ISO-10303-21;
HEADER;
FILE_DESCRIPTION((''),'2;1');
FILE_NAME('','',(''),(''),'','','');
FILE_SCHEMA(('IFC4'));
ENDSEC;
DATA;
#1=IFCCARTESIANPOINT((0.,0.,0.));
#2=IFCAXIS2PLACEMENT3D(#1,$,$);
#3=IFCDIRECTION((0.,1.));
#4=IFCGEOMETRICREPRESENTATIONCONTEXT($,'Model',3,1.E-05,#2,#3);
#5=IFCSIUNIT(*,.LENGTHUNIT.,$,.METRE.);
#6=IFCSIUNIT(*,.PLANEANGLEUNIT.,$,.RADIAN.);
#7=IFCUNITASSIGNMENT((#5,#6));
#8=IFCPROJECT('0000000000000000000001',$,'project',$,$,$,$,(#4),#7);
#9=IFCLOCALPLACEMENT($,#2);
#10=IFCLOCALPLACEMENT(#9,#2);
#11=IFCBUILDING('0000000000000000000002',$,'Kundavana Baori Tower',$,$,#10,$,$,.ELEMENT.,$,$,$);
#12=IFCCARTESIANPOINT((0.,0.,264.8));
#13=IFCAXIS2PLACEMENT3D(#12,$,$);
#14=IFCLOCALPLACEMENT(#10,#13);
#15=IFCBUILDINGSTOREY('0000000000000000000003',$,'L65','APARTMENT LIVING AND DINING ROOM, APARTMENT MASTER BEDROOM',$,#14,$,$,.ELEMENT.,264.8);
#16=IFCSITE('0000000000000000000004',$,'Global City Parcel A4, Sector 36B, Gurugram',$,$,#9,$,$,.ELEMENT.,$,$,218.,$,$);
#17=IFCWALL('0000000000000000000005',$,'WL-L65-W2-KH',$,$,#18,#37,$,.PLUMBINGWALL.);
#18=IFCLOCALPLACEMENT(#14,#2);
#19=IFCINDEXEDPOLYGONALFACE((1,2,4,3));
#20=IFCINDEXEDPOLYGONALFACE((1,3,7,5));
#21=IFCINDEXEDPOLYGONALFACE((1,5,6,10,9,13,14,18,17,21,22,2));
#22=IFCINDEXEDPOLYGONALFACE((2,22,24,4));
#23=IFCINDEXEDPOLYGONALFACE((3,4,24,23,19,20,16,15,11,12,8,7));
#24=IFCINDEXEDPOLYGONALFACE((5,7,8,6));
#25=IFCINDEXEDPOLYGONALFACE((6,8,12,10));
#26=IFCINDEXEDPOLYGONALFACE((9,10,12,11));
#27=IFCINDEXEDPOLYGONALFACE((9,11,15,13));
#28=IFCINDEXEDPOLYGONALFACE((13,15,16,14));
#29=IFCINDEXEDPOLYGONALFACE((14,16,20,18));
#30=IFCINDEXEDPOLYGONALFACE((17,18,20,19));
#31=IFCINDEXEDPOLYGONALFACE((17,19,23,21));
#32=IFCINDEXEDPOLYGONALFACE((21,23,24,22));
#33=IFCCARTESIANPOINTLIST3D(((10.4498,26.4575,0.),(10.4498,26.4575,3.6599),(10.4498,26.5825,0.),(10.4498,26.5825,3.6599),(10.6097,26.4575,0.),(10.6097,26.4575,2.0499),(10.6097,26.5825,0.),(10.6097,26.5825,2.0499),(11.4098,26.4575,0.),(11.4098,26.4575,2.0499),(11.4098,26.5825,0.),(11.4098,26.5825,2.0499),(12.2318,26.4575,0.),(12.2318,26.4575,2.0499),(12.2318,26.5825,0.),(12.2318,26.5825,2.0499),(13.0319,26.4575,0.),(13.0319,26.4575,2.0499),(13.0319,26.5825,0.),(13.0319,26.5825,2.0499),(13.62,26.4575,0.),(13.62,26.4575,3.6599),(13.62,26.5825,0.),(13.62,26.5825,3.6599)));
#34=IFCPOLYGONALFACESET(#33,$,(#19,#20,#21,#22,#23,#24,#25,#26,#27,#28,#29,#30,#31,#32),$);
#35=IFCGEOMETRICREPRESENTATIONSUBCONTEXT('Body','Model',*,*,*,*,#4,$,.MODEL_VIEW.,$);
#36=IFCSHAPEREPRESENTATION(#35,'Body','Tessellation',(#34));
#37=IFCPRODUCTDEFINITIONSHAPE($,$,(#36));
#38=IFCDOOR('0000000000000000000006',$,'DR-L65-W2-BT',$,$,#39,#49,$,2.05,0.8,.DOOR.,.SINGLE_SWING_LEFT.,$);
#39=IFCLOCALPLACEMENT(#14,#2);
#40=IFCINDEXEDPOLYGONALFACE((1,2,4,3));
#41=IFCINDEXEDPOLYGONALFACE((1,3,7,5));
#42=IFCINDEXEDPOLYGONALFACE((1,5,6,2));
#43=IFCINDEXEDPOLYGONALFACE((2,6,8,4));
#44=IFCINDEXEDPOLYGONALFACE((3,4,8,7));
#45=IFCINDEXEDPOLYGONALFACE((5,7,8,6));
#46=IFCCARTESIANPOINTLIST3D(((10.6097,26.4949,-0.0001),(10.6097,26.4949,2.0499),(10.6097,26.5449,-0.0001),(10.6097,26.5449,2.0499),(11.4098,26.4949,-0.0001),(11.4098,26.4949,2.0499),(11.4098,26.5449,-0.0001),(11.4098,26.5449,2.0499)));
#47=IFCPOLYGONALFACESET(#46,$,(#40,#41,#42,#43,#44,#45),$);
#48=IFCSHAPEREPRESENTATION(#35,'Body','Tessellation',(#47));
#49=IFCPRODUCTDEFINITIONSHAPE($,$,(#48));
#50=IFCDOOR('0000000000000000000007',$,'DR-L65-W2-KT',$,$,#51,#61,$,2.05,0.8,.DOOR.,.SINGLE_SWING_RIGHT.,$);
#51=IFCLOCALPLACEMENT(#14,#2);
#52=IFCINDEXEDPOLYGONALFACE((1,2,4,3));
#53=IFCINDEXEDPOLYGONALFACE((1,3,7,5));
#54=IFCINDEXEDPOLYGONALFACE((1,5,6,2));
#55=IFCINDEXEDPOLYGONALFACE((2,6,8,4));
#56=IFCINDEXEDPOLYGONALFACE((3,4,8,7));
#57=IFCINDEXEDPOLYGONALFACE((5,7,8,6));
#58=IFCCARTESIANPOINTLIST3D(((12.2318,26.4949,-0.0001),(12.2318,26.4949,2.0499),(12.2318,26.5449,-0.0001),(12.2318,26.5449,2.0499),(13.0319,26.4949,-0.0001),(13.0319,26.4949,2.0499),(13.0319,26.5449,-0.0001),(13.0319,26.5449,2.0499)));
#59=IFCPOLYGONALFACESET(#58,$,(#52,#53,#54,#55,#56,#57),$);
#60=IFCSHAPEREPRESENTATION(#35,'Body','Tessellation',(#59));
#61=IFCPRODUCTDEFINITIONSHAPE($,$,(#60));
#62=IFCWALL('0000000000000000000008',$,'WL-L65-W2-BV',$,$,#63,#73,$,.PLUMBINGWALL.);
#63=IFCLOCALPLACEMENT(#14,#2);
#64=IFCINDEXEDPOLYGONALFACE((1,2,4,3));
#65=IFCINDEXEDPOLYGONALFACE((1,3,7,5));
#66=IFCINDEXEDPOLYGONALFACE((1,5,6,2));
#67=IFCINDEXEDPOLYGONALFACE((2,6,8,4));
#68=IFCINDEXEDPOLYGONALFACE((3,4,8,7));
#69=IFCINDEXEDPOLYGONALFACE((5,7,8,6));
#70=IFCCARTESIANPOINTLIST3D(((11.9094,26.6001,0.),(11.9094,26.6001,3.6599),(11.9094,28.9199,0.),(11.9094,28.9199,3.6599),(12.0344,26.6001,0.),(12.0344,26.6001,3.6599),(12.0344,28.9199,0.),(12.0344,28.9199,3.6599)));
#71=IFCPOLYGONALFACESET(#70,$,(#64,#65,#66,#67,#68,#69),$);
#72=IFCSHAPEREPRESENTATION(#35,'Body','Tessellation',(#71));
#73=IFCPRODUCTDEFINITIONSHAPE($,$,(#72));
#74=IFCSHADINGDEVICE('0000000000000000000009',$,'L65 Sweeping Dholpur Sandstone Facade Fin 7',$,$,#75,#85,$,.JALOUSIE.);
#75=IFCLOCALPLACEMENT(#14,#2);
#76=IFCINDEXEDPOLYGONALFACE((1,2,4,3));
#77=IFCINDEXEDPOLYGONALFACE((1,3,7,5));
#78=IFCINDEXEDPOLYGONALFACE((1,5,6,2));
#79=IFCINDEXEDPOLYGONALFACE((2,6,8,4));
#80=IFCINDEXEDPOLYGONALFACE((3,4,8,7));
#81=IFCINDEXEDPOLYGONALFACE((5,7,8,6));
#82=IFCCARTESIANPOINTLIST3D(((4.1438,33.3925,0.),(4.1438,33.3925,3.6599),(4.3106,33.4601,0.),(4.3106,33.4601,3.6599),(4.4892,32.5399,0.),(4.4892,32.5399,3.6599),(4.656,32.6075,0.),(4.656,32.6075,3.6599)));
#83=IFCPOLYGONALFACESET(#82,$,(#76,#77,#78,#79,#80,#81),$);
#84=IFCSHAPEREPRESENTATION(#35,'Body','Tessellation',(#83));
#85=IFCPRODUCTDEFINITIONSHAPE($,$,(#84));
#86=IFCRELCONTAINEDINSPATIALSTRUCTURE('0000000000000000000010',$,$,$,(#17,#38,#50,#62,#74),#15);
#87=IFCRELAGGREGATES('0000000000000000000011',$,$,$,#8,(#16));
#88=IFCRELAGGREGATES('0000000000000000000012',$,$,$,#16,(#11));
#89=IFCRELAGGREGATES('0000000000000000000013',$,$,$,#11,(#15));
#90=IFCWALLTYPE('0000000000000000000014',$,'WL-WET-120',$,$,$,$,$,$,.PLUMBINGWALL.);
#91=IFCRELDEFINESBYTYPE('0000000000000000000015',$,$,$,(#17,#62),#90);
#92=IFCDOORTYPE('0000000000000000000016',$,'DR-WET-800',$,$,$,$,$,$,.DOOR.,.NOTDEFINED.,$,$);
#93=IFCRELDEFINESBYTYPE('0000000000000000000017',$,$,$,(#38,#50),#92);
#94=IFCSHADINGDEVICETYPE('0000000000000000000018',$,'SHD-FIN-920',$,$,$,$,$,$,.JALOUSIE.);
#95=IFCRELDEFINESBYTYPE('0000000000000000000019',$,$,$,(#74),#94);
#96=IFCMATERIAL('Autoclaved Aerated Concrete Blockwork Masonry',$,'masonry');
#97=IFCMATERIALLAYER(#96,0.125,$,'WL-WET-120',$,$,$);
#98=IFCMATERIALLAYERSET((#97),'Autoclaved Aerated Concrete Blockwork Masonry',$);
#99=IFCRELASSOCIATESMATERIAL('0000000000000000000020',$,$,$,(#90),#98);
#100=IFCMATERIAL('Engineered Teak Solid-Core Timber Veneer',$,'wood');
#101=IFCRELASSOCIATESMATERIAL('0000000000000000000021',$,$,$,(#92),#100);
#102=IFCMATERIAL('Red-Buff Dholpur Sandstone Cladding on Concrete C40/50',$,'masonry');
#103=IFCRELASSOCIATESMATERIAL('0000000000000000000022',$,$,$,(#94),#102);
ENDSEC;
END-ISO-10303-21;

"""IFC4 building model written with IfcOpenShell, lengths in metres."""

from ifc_helpers import new_model, si_unit, direction, frame, frame_2d, origin, origin_2d, place, context, subcontext, project, spatial, rectangle, extrude, material, layer, layer_set, type_object, element, fill, save


model = new_model("IFC4")

# Units and contexts
model_context = context("Model", 3, precision=1e-05, world=origin(), true_north=direction((0.0, 1.0)))
body_context = subcontext(model_context, "Body", "Model", "MODEL_VIEW")
ifc_project = project(units=[si_unit("LENGTHUNIT", "METRE"), si_unit("PLANEANGLEUNIT", "RADIAN")], contexts=[model_context])

# Site, building, storey
site_placement = place(None, origin())
site = spatial("IfcSite", under=ifc_project, at=site_placement, Name="Global City Parcel A4, Sector 36B, Gurugram", CompositionType="ELEMENT", RefElevation=218.0)
building_placement = place(site_placement, origin())
building = spatial("IfcBuilding", under=site, at=building_placement, Name="Kundavana Baori Tower", CompositionType="ELEMENT")
storey_placement = place(building_placement, frame((0.0, 0.0, 264.8)))
storey = spatial("IfcBuildingStorey", under=building, at=storey_placement, Name="L65", Description="APARTMENT LIVING AND DINING ROOM, APARTMENT MASTER BEDROOM", CompositionType="ELEMENT", Elevation=264.8)

# Wall, openings, doors
ifc_material_1 = material(Name="Autoclaved Aerated Concrete Blockwork Masonry", Category="masonry")
ifc_layer_1 = layer(ifc_material_1, 0.125, Name="WL-WET-120")
ifc_layer_set_1 = layer_set([ifc_layer_1], Name="Autoclaved Aerated Concrete Blockwork Masonry")
wall_type_1 = type_object("IfcWallType", Name="WL-WET-120", PredefinedType="PLUMBINGWALL", material=ifc_layer_set_1)
wall_1_placement = place(storey_placement, frame((10.45, 26.52, 0.0), z_axis=(0.0, 0.0, 1.0), x_axis=(1.0, 0.0, 0.0)))
wall_1 = element("IfcWall", 1, at=wall_1_placement, inside=storey, type_object=wall_type_1, Name="WL-L65-W2-KH", PredefinedType="PLUMBINGWALL", context=body_context, shape_type="SweptSolid", body=[
    extrude(rectangle(XDim=3.1702, YDim=0.125, at=frame_2d((1.585, 0.0))), origin(), (0.0, 0.0, 1.0), 3.6599),
])
opening_1_placement = place(wall_1_placement, frame((0.1599, 0.0, 0.0)))
opening_1 = element("IfcOpeningElement", 2, at=opening_1_placement, cuts=wall_1, PredefinedType="OPENING", context=body_context, shape_type="SweptSolid", body=[
    extrude(rectangle(XDim=0.8, YDim=2.05, at=frame_2d((0.3999, 1.0249))), frame((0.0, 0.0725, 0.0), z_axis=(0.0, -1.0, 0.0), x_axis=(1.0, 0.0, 0.0)), (0.0, 0.0, 1.0), 0.145),
])
opening_2_placement = place(wall_1_placement, frame((1.782, 0.0, 0.0)))
opening_2 = element("IfcOpeningElement", 3, at=opening_2_placement, cuts=wall_1, PredefinedType="OPENING", context=body_context, shape_type="SweptSolid", body=[
    extrude(rectangle(XDim=0.8, YDim=2.05, at=frame_2d((0.3999, 1.0249))), frame((0.0, 0.0725, 0.0), z_axis=(0.0, -1.0, 0.0), x_axis=(1.0, 0.0, 0.0)), (0.0, 0.0, 1.0), 0.145),
])
ifc_material_2 = material(Name="Engineered Teak Solid-Core Timber Veneer", Category="wood")
door_type_1 = type_object("IfcDoorType", Name="DR-WET-800", OperationType="NOTDEFINED", PredefinedType="DOOR", material=ifc_material_2)
door_1_placement = place(opening_1_placement, origin())
door_1 = element("IfcDoor", 4, at=door_1_placement, inside=storey, type_object=door_type_1, Name="DR-L65-W2-BT", OperationType="SINGLE_SWING_LEFT", OverallHeight=2.05, OverallWidth=0.8, PredefinedType="DOOR", context=body_context, shape_type="SweptSolid", body=[
    extrude(rectangle(XDim=0.8, YDim=2.05, at=frame_2d((0.3999, 1.0249))), frame((0.0, 0.0249, 0.0), z_axis=(0.0, -1.0, 0.0), x_axis=(1.0, 0.0, 0.0)), (0.0, 0.0, 1.0), 0.05),
])
fill(opening_1, door_1)
door_2_placement = place(opening_2_placement, origin())
door_2 = element("IfcDoor", 5, at=door_2_placement, inside=storey, type_object=door_type_1, Name="DR-L65-W2-KT", OperationType="SINGLE_SWING_RIGHT", OverallHeight=2.05, OverallWidth=0.8, PredefinedType="DOOR", context=body_context, shape_type="SweptSolid", body=[
    extrude(rectangle(XDim=0.8, YDim=2.05, at=frame_2d((0.3999, 1.0249))), frame((0.0, 0.0249, 0.0), z_axis=(0.0, -1.0, 0.0), x_axis=(1.0, 0.0, 0.0)), (0.0, 0.0, 1.0), 0.05),
])
fill(opening_2, door_2)

# Wall
wall_2_placement = place(storey_placement, frame((11.9719, 26.6001, 0.0), z_axis=(0.0, 0.0, 1.0), x_axis=(0.0, 1.0, 0.0)))
element("IfcWall", 6, at=wall_2_placement, inside=storey, type_object=wall_type_1, Name="WL-L65-W2-BV", PredefinedType="PLUMBINGWALL", context=body_context, shape_type="SweptSolid", body=[
    extrude(rectangle(XDim=2.3198, YDim=0.125, at=frame_2d((1.1599, 0.0))), origin(), (0.0, 0.0, 1.0), 3.6599),
])

# Shading device
ifc_material_3 = material(Name="Red-Buff Dholpur Sandstone Cladding on Concrete C40/50", Category="masonry")
shading_device_type = type_object("IfcShadingDeviceType", Name="SHD-FIN-920", PredefinedType="JALOUSIE", material=ifc_material_3)
shading_device_placement = place(storey_placement, frame((4.3999, 33.0, 0.0), z_axis=(0.0, 0.0, 1.0), x_axis=(0.926857, 0.375416, 0.0)))
element("IfcShadingDevice", 7, at=shading_device_placement, inside=storey, type_object=shading_device_type, Name="L65 Sweeping Dholpur Sandstone Facade Fin 7", PredefinedType="JALOUSIE", context=body_context, shape_type="SweptSolid", body=[
    extrude(rectangle(XDim=0.1799, YDim=0.9199, at=origin_2d()), origin(), (0.0, 0.0, 1.0), 3.6599),
])

save(model, "model.ifc")
